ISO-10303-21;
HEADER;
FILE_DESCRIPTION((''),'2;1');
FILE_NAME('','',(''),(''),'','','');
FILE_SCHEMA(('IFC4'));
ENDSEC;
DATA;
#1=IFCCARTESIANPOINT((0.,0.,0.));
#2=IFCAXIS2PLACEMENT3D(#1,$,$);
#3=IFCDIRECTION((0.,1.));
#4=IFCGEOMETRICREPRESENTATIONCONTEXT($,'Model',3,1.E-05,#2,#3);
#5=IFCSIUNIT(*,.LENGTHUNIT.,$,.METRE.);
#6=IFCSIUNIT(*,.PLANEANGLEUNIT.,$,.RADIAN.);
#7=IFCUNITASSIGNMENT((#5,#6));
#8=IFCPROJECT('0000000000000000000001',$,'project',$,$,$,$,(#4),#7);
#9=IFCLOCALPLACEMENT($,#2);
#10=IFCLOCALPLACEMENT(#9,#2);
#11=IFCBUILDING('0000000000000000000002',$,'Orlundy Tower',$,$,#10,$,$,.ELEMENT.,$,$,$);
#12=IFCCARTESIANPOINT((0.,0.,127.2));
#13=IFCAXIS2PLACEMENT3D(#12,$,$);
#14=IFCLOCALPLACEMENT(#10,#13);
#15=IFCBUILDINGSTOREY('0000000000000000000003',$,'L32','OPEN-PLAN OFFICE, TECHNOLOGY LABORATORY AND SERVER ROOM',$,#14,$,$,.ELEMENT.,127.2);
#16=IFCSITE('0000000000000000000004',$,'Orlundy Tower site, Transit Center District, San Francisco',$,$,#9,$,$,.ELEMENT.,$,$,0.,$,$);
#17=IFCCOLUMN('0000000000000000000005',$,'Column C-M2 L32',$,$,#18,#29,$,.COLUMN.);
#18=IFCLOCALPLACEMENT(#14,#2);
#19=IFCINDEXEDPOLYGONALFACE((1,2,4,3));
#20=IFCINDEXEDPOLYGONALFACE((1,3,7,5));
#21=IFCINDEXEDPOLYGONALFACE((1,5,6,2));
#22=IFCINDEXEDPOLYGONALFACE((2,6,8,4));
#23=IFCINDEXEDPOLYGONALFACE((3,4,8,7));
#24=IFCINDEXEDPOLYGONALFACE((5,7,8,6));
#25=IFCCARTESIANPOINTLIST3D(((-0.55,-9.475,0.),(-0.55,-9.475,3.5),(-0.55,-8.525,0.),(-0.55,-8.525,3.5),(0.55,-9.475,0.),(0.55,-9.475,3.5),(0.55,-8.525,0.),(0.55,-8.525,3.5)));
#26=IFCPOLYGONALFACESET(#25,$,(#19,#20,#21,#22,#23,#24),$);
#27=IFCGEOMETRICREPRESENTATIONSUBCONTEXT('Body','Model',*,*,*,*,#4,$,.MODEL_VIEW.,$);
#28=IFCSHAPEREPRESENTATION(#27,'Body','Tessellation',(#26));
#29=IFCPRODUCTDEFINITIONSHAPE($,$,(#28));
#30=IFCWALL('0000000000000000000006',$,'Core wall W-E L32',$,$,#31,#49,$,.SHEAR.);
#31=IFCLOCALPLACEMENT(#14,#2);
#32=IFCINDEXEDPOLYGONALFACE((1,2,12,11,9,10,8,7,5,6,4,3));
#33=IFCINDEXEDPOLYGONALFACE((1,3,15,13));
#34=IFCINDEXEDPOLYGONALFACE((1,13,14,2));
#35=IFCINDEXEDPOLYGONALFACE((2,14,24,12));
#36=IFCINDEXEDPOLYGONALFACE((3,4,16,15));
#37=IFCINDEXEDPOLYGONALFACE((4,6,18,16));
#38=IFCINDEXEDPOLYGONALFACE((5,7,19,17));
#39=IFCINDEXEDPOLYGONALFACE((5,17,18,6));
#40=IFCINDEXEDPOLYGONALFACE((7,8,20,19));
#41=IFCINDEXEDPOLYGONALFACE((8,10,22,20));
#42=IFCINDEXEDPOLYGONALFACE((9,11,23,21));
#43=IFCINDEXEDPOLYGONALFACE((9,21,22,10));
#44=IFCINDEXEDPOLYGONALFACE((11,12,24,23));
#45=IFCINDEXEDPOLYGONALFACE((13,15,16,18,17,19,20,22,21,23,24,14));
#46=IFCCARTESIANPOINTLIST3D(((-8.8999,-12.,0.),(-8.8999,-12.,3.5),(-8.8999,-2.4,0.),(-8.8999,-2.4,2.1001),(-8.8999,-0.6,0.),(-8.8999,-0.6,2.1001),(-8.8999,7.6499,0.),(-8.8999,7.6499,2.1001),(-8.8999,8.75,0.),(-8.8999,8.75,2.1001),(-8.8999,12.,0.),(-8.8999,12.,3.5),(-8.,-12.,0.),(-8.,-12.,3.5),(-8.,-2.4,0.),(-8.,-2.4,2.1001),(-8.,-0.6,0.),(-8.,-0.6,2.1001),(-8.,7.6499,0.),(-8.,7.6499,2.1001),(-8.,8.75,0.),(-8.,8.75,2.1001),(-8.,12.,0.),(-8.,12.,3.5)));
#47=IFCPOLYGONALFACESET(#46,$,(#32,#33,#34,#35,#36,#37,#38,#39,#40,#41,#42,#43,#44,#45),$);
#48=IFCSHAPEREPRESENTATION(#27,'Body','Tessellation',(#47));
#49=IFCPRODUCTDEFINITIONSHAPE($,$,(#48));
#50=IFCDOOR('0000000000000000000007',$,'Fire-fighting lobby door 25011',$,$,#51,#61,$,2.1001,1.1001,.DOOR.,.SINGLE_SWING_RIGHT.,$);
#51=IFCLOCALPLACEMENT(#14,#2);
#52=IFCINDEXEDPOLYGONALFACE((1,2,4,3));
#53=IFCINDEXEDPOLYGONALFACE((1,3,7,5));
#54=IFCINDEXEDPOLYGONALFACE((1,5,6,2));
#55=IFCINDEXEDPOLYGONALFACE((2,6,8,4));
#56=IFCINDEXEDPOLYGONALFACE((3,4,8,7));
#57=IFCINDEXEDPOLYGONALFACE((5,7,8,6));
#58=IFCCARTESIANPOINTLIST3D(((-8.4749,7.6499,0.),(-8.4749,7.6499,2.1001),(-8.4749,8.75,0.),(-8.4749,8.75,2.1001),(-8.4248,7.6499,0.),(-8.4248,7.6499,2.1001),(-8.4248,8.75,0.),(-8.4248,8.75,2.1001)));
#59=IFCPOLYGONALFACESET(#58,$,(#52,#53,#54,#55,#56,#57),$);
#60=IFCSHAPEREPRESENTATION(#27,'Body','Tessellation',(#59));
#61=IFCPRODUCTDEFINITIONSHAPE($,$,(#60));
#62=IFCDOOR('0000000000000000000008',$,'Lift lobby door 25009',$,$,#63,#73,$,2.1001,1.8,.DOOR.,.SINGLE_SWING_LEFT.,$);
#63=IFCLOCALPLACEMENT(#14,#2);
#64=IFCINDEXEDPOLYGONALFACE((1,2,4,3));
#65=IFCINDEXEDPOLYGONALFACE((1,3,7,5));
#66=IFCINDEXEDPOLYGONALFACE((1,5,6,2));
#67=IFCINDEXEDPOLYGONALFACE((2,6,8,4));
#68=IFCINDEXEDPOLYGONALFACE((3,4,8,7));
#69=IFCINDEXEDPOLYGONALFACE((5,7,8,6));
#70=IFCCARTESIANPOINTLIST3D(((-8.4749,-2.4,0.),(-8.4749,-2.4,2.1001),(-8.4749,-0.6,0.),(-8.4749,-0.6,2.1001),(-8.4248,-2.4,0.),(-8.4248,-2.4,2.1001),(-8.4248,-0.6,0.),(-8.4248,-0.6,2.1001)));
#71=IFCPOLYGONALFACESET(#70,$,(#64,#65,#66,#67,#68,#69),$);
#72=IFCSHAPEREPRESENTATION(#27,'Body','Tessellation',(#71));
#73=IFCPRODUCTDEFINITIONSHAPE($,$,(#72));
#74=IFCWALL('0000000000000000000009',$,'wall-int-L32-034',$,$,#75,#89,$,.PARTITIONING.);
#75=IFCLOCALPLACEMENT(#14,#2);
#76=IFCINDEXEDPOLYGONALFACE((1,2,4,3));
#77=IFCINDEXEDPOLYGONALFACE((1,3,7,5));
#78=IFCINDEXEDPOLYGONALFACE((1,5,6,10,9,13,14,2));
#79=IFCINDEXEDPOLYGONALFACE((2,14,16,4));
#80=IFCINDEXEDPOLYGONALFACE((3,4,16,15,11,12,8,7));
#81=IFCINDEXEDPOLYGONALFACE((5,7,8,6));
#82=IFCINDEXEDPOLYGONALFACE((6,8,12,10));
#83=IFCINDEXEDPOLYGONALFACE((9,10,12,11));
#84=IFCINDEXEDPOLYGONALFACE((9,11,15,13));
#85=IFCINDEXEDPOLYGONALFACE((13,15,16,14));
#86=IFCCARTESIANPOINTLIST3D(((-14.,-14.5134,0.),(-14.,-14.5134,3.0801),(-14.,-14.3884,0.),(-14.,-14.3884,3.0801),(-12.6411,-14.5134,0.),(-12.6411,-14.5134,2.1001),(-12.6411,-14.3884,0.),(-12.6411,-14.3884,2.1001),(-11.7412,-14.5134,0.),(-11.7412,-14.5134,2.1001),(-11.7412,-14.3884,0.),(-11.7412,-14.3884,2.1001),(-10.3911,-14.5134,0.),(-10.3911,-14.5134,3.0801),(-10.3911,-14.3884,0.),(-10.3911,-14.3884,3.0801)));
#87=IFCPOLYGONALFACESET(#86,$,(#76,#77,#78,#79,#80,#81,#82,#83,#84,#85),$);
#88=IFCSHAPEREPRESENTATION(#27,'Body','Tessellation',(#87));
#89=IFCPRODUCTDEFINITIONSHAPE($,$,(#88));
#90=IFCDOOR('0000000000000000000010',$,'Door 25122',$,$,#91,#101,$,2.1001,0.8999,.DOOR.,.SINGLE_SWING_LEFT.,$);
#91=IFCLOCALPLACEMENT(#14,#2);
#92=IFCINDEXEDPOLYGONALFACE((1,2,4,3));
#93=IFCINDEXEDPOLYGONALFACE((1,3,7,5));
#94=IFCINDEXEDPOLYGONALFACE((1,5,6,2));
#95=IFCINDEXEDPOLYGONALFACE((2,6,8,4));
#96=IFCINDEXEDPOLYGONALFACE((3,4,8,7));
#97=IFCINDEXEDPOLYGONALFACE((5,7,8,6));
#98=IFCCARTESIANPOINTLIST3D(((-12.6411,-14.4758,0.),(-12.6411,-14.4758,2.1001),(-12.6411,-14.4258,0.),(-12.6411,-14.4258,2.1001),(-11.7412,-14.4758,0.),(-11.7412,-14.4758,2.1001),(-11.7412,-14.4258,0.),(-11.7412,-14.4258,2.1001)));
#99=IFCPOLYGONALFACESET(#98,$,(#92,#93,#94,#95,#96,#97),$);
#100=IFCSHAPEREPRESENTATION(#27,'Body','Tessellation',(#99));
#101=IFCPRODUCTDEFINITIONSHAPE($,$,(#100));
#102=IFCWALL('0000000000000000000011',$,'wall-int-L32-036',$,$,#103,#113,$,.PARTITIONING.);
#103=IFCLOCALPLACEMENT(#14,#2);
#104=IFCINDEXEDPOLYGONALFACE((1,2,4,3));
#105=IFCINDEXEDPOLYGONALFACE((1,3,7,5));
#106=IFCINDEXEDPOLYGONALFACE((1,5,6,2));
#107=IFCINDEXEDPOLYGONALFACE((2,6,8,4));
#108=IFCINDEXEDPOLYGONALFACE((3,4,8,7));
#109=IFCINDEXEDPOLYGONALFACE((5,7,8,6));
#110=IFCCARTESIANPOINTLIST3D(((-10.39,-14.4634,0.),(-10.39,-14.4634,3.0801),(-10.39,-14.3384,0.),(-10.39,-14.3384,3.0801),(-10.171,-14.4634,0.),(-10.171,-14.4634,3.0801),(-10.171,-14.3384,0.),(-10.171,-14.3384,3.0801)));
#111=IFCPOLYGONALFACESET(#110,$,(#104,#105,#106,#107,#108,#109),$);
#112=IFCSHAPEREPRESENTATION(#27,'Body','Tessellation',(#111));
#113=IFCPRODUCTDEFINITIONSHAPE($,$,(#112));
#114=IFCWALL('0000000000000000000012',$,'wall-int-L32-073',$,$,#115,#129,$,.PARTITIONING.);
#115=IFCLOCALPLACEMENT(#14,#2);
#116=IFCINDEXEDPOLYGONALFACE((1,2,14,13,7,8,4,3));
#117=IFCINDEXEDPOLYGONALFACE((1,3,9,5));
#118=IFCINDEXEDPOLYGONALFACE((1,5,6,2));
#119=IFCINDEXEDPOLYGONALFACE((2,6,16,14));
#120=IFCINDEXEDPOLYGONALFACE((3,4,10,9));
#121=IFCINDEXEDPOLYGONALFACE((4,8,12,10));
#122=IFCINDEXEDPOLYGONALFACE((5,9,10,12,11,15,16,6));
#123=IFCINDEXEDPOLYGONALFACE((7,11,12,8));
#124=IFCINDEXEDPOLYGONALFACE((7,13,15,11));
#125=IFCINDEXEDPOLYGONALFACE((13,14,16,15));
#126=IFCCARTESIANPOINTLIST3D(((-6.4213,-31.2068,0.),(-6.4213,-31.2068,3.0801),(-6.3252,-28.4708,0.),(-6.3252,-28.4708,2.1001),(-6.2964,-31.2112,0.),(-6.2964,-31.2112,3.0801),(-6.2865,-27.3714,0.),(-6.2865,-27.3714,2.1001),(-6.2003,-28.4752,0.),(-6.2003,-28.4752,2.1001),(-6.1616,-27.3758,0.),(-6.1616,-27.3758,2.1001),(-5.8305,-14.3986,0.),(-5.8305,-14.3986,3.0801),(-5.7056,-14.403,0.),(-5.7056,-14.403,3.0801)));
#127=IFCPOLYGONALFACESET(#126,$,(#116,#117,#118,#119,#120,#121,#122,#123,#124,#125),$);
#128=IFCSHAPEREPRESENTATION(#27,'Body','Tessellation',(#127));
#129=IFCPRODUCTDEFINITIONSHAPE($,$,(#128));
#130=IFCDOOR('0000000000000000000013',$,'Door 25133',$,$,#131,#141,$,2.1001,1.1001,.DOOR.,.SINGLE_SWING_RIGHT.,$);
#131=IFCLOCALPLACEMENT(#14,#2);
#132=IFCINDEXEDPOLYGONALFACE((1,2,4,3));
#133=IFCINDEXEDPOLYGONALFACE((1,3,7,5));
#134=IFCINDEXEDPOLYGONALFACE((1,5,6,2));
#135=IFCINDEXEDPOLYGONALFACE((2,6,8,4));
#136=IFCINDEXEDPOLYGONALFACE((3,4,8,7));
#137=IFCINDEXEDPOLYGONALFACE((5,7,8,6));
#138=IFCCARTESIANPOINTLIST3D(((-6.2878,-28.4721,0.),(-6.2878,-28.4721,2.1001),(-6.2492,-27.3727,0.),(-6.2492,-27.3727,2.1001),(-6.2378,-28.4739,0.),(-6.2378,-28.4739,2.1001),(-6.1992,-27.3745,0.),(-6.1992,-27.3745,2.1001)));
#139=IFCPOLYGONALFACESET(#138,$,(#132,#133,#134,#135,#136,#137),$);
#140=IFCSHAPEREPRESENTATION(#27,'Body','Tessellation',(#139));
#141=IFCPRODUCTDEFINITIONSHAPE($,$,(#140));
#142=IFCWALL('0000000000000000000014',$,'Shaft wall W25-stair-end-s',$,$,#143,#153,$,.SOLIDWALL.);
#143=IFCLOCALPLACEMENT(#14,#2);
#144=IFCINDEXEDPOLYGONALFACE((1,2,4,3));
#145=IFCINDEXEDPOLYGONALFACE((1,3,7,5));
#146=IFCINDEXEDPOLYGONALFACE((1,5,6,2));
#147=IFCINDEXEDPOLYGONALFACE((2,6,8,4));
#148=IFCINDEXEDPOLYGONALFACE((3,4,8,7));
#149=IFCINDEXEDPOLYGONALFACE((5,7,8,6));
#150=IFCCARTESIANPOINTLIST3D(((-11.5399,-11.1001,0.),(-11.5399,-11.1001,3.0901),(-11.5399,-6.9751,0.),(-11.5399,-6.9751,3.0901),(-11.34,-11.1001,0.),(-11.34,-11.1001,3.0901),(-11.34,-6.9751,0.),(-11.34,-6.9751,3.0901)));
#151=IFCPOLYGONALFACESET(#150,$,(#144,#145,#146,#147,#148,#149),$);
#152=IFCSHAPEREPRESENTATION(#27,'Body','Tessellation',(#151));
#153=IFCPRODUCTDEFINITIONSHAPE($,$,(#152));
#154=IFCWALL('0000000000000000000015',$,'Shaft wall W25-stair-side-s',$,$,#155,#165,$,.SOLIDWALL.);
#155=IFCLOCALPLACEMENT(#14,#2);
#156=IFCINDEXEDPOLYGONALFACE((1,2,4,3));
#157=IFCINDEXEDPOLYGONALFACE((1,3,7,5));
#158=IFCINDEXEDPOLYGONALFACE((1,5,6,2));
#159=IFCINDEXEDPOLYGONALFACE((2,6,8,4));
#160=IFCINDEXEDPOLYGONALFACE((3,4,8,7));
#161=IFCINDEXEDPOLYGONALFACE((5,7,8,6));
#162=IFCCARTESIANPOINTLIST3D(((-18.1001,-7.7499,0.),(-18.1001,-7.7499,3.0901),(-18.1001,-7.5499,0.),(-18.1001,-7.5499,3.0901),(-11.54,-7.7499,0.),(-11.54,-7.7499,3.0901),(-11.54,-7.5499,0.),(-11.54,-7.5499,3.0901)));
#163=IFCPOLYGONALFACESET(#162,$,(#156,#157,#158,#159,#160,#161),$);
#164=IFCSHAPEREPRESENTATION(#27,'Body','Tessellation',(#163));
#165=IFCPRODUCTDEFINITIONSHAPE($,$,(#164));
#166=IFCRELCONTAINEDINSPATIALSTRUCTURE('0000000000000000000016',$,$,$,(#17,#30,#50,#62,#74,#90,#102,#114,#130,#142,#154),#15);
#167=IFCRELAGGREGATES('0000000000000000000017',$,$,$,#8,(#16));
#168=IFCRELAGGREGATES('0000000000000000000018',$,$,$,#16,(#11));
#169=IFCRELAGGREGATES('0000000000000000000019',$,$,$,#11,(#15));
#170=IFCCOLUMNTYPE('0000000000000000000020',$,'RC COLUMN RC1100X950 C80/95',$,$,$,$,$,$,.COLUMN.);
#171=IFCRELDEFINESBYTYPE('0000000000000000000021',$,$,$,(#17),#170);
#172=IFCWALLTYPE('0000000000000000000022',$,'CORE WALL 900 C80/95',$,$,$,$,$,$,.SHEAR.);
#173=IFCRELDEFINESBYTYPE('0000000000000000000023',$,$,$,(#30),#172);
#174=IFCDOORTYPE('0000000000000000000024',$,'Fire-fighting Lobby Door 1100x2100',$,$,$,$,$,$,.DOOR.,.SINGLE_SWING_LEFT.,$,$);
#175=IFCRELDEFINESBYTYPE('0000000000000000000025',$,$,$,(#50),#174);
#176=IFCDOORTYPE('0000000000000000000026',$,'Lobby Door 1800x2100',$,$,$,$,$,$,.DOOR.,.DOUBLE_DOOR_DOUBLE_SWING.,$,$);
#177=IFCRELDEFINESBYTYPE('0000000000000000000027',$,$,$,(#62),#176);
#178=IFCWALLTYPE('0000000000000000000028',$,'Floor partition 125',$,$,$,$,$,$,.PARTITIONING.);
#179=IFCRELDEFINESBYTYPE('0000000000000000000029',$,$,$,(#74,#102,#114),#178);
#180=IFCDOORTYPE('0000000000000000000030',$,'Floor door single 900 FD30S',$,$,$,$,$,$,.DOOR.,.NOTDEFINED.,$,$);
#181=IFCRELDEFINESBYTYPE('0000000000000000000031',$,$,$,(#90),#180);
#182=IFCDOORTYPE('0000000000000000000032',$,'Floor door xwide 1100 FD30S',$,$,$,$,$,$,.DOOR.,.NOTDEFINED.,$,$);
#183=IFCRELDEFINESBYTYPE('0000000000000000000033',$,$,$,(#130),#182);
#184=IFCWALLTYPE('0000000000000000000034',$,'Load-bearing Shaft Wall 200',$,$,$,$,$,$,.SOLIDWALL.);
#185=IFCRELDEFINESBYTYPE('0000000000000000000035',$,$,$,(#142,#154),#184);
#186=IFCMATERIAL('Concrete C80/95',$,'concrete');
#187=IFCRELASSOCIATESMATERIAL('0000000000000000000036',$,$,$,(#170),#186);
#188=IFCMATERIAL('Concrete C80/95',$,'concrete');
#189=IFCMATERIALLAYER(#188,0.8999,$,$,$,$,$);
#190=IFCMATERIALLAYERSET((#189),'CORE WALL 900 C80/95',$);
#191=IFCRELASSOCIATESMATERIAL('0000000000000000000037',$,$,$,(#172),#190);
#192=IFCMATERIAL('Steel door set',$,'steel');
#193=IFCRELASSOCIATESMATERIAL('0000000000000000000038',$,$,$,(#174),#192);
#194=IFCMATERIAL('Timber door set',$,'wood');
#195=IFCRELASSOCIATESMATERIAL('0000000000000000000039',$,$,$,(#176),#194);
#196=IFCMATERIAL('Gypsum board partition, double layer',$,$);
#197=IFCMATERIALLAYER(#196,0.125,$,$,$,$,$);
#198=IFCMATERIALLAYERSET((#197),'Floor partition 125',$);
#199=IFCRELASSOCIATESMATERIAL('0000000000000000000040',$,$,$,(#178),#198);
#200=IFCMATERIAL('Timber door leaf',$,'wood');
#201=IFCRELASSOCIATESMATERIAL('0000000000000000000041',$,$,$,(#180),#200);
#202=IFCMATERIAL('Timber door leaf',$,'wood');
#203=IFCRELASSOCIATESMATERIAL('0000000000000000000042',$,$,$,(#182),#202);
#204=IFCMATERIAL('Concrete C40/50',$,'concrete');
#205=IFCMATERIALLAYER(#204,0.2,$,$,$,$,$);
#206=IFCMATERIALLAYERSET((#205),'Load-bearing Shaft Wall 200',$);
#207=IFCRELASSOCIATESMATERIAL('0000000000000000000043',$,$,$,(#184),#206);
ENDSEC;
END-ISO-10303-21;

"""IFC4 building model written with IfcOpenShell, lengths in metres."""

from ifc_helpers import new_model, si_unit, direction, frame, frame_2d, origin, origin_2d, place, context, subcontext, project, spatial, rectangle, extrude, material, layer, layer_set, material_profile, profile_set, type_object, element, fill, save


model = new_model("IFC4")

# Units and contexts
model_context = context("Model", 3, precision=1e-05, world=origin(), true_north=direction((0.0, 1.0)))
body_context = subcontext(model_context, "Body", "Model", "MODEL_VIEW")
ifc_project = project(units=[si_unit("LENGTHUNIT", "METRE"), si_unit("PLANEANGLEUNIT", "RADIAN")], contexts=[model_context])

# Site, building, storey
site_placement = place(None, origin())
site = spatial("IfcSite", under=ifc_project, at=site_placement, Name="Orlundy Tower site, Transit Center District, San Francisco", CompositionType="ELEMENT", RefElevation=0.0)
building_placement = place(site_placement, origin())
building = spatial("IfcBuilding", under=site, at=building_placement, Name="Orlundy Tower", CompositionType="ELEMENT")
storey_placement = place(building_placement, frame((0.0, 0.0, 127.2)))
storey = spatial("IfcBuildingStorey", under=building, at=storey_placement, Name="L32", Description="OPEN-PLAN OFFICE, TECHNOLOGY LABORATORY AND SERVER ROOM", CompositionType="ELEMENT", Elevation=127.2)

# Column
ifc_material_1 = material(Name="Concrete C80/95", Category="concrete")
ifc_material_profile = material_profile(ifc_material_1, rectangle(XDim=1.1001, YDim=0.95, at=origin_2d()), Name="RC1100X950")
ifc_profile_set = profile_set([ifc_material_profile], Name="Concrete C80/95")
column_type = type_object("IfcColumnType", Name="RC COLUMN RC1100X950 C80/95", PredefinedType="COLUMN", material=ifc_profile_set)
column_placement = place(storey_placement, frame((0.0, -9.0, 0.0), z_axis=(0.0, 0.0, 1.0), x_axis=(1.0, 0.0, 0.0)))
element("IfcColumn", 1, at=column_placement, inside=storey, type_object=column_type, Name="Column C-M2 L32", PredefinedType="COLUMN", context=body_context, shape_type="SweptSolid", body=[
    extrude(rectangle(XDim=1.1001, YDim=0.95, at=origin_2d()), origin(), (0.0, 0.0, 1.0), 3.5),
])

# Wall, openings, doors
ifc_material_2 = material(Name="Concrete C80/95", Category="concrete")
ifc_layer_1 = layer(ifc_material_2, 0.8999)
ifc_layer_set_1 = layer_set([ifc_layer_1], Name="CORE WALL 900 C80/95")
wall_type_1 = type_object("IfcWallType", Name="CORE WALL 900 C80/95", PredefinedType="SHEAR", material=ifc_layer_set_1)
wall_1_placement = place(storey_placement, frame((-8.45, -12.0, 0.0), z_axis=(0.0, 0.0, 1.0), x_axis=(0.0, 1.0, 0.0)))
wall_1 = element("IfcWall", 2, at=wall_1_placement, inside=storey, type_object=wall_type_1, Name="Core wall W-E L32", PredefinedType="SHEAR", context=body_context, shape_type="SweptSolid", body=[
    extrude(rectangle(XDim=24.0, YDim=0.8999, at=frame_2d((12.0, 0.0))), origin(), (0.0, 0.0, 1.0), 3.5),
])
opening_1_placement = place(wall_1_placement, frame((9.6001, 0.0, 0.0)))
opening_1 = element("IfcOpeningElement", 3, at=opening_1_placement, cuts=wall_1, PredefinedType="OPENING", context=body_context, shape_type="SweptSolid", body=[
    extrude(rectangle(XDim=1.8, YDim=2.1001, at=frame_2d((0.8999, 1.05))), frame((0.0, 0.46, 0.0), z_axis=(0.0, -1.0, 0.0), x_axis=(1.0, 0.0, 0.0)), (0.0, 0.0, 1.0), 0.9199),
])
opening_2_placement = place(wall_1_placement, frame((19.6499, 0.0, 0.0)))
opening_2 = element("IfcOpeningElement", 4, at=opening_2_placement, cuts=wall_1, PredefinedType="OPENING", context=body_context, shape_type="SweptSolid", body=[
    extrude(rectangle(XDim=1.1001, YDim=2.1001, at=frame_2d((0.55, 1.05))), frame((0.0, 0.46, 0.0), z_axis=(0.0, -1.0, 0.0), x_axis=(1.0, 0.0, 0.0)), (0.0, 0.0, 1.0), 0.9199),
])
ifc_material_3 = material(Name="Steel door set", Category="steel")
door_type_1 = type_object("IfcDoorType", Name="Fire-fighting Lobby Door 1100x2100", OperationType="SINGLE_SWING_LEFT", PredefinedType="DOOR", material=ifc_material_3)
door_1_placement = place(opening_2_placement, origin())
door_1 = element("IfcDoor", 5, at=door_1_placement, inside=storey, type_object=door_type_1, Name="Fire-fighting lobby door 25011", OperationType="SINGLE_SWING_RIGHT", OverallHeight=2.1001, OverallWidth=1.1001, PredefinedType="DOOR", context=body_context, shape_type="SweptSolid", body=[
    extrude(rectangle(XDim=1.1001, YDim=2.1001, at=frame_2d((0.55, 1.05))), frame((0.0, 0.0249, 0.0), z_axis=(0.0, -1.0, 0.0), x_axis=(1.0, 0.0, 0.0)), (0.0, 0.0, 1.0), 0.05),
])
fill(opening_2, door_1)
ifc_material_4 = material(Name="Timber door set", Category="wood")
door_type_2 = type_object("IfcDoorType", Name="Lobby Door 1800x2100", OperationType="DOUBLE_DOOR_DOUBLE_SWING", PredefinedType="DOOR", material=ifc_material_4)
door_2_placement = place(opening_1_placement, origin())
door_2 = element("IfcDoor", 6, at=door_2_placement, inside=storey, type_object=door_type_2, Name="Lift lobby door 25009", OperationType="SINGLE_SWING_LEFT", OverallHeight=2.1001, OverallWidth=1.8, PredefinedType="DOOR", context=body_context, shape_type="SweptSolid", body=[
    extrude(rectangle(XDim=1.8, YDim=2.1001, at=frame_2d((0.8999, 1.05))), frame((0.0, 0.0249, 0.0), z_axis=(0.0, -1.0, 0.0), x_axis=(1.0, 0.0, 0.0)), (0.0, 0.0, 1.0), 0.05),
])
fill(opening_1, door_2)

# Wall, opening, door
ifc_material_5 = material(Name="Gypsum board partition, double layer")
ifc_layer_2 = layer(ifc_material_5, 0.125)
ifc_layer_set_2 = layer_set([ifc_layer_2], Name="Floor partition 125")
wall_type_2 = type_object("IfcWallType", Name="Floor partition 125", PredefinedType="PARTITIONING", material=ifc_layer_set_2)
wall_2_placement = place(storey_placement, frame((-10.3911, -14.4509, 0.0), z_axis=(0.0, 0.0, 1.0), x_axis=(-1.0, 0.0, 0.0)))
wall_2 = element("IfcWall", 7, at=wall_2_placement, inside=storey, type_object=wall_type_2, Name="wall-int-L32-034", PredefinedType="PARTITIONING", context=body_context, shape_type="SweptSolid", body=[
    extrude(rectangle(XDim=3.6089, YDim=0.125, at=frame_2d((1.8044, 0.0))), origin(), (0.0, 0.0, 1.0), 3.0801),
])
opening_3_placement = place(wall_2_placement, frame((1.3501, 0.0, 0.0)))
opening_3 = element("IfcOpeningElement", 8, at=opening_3_placement, cuts=wall_2, PredefinedType="OPENING", context=body_context, shape_type="SweptSolid", body=[
    extrude(rectangle(XDim=0.8999, YDim=2.1001, at=frame_2d((0.45, 1.05))), frame((0.0, 0.0725, 0.0), z_axis=(0.0, -1.0, 0.0), x_axis=(1.0, 0.0, 0.0)), (0.0, 0.0, 1.0), 0.145),
])
ifc_material_6 = material(Name="Timber door leaf", Category="wood")
door_type_3 = type_object("IfcDoorType", Name="Floor door single 900 FD30S", OperationType="NOTDEFINED", PredefinedType="DOOR", material=ifc_material_6)
door_3_placement = place(opening_3_placement, origin())
door_3 = element("IfcDoor", 9, at=door_3_placement, inside=storey, type_object=door_type_3, Name="Door 25122", OperationType="SINGLE_SWING_LEFT", OverallHeight=2.1001, OverallWidth=0.8999, PredefinedType="DOOR", context=body_context, shape_type="SweptSolid", body=[
    extrude(rectangle(XDim=0.8999, YDim=2.1001, at=frame_2d((0.45, 1.05))), frame((0.0, 0.0249, 0.0), z_axis=(0.0, -1.0, 0.0), x_axis=(1.0, 0.0, 0.0)), (0.0, 0.0, 1.0), 0.05),
])
fill(opening_3, door_3)

# Wall
wall_3_placement = place(storey_placement, frame((-10.3899, -14.4009, 0.0), z_axis=(0.0, 0.0, 1.0), x_axis=(1.0, 0.0, 0.0)))
element("IfcWall", 10, at=wall_3_placement, inside=storey, type_object=wall_type_2, Name="wall-int-L32-036", PredefinedType="PARTITIONING", context=body_context, shape_type="SweptSolid", body=[
    extrude(rectangle(XDim=0.219, YDim=0.125, at=frame_2d((0.1094, 0.0))), origin(), (0.0, 0.0, 1.0), 3.0801),
])

# Wall, opening, door
wall_4_placement = place(storey_placement, frame((-5.7681, -14.4009, 0.0), z_axis=(0.0, 0.0, 1.0), x_axis=(-0.035129, -0.999383, 0.0)))
wall_4 = element("IfcWall", 11, at=wall_4_placement, inside=storey, type_object=wall_type_2, Name="wall-int-L32-073", PredefinedType="PARTITIONING", context=body_context, shape_type="SweptSolid", body=[
    extrude(rectangle(XDim=16.8186, YDim=0.125, at=frame_2d((8.4092, 0.0))), origin(), (0.0, 0.0, 1.0), 3.0801),
])
opening_4_placement = place(wall_4_placement, frame((12.9807, 0.0, 0.0)))
opening_4 = element("IfcOpeningElement", 12, at=opening_4_placement, cuts=wall_4, PredefinedType="OPENING", context=body_context, shape_type="SweptSolid", body=[
    extrude(rectangle(XDim=1.1001, YDim=2.1001, at=frame_2d((0.55, 1.05))), frame((0.0, 0.0725, 0.0), z_axis=(0.0, -1.0, 0.0), x_axis=(1.0, 0.0, 0.0)), (0.0, 0.0, 1.0), 0.145),
])
ifc_material_7 = material(Name="Timber door leaf", Category="wood")
door_type_4 = type_object("IfcDoorType", Name="Floor door xwide 1100 FD30S", OperationType="NOTDEFINED", PredefinedType="DOOR", material=ifc_material_7)
door_4_placement = place(opening_4_placement, origin())
door_4 = element("IfcDoor", 13, at=door_4_placement, inside=storey, type_object=door_type_4, Name="Door 25133", OperationType="SINGLE_SWING_RIGHT", OverallHeight=2.1001, OverallWidth=1.1001, PredefinedType="DOOR", context=body_context, shape_type="SweptSolid", body=[
    extrude(rectangle(XDim=1.1001, YDim=2.1001, at=frame_2d((0.55, 1.05))), frame((0.0, 0.0249, 0.0), z_axis=(0.0, -1.0, 0.0), x_axis=(1.0, 0.0, 0.0)), (0.0, 0.0, 1.0), 0.05),
])
fill(opening_4, door_4)

# Walls
ifc_material_8 = material(Name="Concrete C40/50", Category="concrete")
ifc_layer_3 = layer(ifc_material_8, 0.2)
ifc_layer_set_3 = layer_set([ifc_layer_3], Name="Load-bearing Shaft Wall 200")
wall_type_3 = type_object("IfcWallType", Name="Load-bearing Shaft Wall 200", PredefinedType="SOLIDWALL", material=ifc_layer_set_3)
wall_5_placement = place(storey_placement, frame((-11.4399, -11.1001, 0.0), z_axis=(0.0, 0.0, 1.0), x_axis=(0.0, 1.0, 0.0)))
element("IfcWall", 14, at=wall_5_placement, inside=storey, type_object=wall_type_3, Name="Shaft wall W25-stair-end-s", PredefinedType="SOLIDWALL", context=body_context, shape_type="SweptSolid", body=[
    extrude(rectangle(XDim=4.125, YDim=0.2, at=frame_2d((2.0625, 0.0))), origin(), (0.0, 0.0, 1.0), 3.0901),
])
wall_6_placement = place(storey_placement, frame((-11.54, -7.6499, 0.0), z_axis=(0.0, 0.0, 1.0), x_axis=(-1.0, 0.0, 0.0)))
element("IfcWall", 15, at=wall_6_placement, inside=storey, type_object=wall_type_3, Name="Shaft wall W25-stair-side-s", PredefinedType="SOLIDWALL", context=body_context, shape_type="SweptSolid", body=[
    extrude(rectangle(XDim=6.5601, YDim=0.2, at=frame_2d((3.28, 0.0))), origin(), (0.0, 0.0, 1.0), 3.0901),
])

save(model, "model.ifc")
